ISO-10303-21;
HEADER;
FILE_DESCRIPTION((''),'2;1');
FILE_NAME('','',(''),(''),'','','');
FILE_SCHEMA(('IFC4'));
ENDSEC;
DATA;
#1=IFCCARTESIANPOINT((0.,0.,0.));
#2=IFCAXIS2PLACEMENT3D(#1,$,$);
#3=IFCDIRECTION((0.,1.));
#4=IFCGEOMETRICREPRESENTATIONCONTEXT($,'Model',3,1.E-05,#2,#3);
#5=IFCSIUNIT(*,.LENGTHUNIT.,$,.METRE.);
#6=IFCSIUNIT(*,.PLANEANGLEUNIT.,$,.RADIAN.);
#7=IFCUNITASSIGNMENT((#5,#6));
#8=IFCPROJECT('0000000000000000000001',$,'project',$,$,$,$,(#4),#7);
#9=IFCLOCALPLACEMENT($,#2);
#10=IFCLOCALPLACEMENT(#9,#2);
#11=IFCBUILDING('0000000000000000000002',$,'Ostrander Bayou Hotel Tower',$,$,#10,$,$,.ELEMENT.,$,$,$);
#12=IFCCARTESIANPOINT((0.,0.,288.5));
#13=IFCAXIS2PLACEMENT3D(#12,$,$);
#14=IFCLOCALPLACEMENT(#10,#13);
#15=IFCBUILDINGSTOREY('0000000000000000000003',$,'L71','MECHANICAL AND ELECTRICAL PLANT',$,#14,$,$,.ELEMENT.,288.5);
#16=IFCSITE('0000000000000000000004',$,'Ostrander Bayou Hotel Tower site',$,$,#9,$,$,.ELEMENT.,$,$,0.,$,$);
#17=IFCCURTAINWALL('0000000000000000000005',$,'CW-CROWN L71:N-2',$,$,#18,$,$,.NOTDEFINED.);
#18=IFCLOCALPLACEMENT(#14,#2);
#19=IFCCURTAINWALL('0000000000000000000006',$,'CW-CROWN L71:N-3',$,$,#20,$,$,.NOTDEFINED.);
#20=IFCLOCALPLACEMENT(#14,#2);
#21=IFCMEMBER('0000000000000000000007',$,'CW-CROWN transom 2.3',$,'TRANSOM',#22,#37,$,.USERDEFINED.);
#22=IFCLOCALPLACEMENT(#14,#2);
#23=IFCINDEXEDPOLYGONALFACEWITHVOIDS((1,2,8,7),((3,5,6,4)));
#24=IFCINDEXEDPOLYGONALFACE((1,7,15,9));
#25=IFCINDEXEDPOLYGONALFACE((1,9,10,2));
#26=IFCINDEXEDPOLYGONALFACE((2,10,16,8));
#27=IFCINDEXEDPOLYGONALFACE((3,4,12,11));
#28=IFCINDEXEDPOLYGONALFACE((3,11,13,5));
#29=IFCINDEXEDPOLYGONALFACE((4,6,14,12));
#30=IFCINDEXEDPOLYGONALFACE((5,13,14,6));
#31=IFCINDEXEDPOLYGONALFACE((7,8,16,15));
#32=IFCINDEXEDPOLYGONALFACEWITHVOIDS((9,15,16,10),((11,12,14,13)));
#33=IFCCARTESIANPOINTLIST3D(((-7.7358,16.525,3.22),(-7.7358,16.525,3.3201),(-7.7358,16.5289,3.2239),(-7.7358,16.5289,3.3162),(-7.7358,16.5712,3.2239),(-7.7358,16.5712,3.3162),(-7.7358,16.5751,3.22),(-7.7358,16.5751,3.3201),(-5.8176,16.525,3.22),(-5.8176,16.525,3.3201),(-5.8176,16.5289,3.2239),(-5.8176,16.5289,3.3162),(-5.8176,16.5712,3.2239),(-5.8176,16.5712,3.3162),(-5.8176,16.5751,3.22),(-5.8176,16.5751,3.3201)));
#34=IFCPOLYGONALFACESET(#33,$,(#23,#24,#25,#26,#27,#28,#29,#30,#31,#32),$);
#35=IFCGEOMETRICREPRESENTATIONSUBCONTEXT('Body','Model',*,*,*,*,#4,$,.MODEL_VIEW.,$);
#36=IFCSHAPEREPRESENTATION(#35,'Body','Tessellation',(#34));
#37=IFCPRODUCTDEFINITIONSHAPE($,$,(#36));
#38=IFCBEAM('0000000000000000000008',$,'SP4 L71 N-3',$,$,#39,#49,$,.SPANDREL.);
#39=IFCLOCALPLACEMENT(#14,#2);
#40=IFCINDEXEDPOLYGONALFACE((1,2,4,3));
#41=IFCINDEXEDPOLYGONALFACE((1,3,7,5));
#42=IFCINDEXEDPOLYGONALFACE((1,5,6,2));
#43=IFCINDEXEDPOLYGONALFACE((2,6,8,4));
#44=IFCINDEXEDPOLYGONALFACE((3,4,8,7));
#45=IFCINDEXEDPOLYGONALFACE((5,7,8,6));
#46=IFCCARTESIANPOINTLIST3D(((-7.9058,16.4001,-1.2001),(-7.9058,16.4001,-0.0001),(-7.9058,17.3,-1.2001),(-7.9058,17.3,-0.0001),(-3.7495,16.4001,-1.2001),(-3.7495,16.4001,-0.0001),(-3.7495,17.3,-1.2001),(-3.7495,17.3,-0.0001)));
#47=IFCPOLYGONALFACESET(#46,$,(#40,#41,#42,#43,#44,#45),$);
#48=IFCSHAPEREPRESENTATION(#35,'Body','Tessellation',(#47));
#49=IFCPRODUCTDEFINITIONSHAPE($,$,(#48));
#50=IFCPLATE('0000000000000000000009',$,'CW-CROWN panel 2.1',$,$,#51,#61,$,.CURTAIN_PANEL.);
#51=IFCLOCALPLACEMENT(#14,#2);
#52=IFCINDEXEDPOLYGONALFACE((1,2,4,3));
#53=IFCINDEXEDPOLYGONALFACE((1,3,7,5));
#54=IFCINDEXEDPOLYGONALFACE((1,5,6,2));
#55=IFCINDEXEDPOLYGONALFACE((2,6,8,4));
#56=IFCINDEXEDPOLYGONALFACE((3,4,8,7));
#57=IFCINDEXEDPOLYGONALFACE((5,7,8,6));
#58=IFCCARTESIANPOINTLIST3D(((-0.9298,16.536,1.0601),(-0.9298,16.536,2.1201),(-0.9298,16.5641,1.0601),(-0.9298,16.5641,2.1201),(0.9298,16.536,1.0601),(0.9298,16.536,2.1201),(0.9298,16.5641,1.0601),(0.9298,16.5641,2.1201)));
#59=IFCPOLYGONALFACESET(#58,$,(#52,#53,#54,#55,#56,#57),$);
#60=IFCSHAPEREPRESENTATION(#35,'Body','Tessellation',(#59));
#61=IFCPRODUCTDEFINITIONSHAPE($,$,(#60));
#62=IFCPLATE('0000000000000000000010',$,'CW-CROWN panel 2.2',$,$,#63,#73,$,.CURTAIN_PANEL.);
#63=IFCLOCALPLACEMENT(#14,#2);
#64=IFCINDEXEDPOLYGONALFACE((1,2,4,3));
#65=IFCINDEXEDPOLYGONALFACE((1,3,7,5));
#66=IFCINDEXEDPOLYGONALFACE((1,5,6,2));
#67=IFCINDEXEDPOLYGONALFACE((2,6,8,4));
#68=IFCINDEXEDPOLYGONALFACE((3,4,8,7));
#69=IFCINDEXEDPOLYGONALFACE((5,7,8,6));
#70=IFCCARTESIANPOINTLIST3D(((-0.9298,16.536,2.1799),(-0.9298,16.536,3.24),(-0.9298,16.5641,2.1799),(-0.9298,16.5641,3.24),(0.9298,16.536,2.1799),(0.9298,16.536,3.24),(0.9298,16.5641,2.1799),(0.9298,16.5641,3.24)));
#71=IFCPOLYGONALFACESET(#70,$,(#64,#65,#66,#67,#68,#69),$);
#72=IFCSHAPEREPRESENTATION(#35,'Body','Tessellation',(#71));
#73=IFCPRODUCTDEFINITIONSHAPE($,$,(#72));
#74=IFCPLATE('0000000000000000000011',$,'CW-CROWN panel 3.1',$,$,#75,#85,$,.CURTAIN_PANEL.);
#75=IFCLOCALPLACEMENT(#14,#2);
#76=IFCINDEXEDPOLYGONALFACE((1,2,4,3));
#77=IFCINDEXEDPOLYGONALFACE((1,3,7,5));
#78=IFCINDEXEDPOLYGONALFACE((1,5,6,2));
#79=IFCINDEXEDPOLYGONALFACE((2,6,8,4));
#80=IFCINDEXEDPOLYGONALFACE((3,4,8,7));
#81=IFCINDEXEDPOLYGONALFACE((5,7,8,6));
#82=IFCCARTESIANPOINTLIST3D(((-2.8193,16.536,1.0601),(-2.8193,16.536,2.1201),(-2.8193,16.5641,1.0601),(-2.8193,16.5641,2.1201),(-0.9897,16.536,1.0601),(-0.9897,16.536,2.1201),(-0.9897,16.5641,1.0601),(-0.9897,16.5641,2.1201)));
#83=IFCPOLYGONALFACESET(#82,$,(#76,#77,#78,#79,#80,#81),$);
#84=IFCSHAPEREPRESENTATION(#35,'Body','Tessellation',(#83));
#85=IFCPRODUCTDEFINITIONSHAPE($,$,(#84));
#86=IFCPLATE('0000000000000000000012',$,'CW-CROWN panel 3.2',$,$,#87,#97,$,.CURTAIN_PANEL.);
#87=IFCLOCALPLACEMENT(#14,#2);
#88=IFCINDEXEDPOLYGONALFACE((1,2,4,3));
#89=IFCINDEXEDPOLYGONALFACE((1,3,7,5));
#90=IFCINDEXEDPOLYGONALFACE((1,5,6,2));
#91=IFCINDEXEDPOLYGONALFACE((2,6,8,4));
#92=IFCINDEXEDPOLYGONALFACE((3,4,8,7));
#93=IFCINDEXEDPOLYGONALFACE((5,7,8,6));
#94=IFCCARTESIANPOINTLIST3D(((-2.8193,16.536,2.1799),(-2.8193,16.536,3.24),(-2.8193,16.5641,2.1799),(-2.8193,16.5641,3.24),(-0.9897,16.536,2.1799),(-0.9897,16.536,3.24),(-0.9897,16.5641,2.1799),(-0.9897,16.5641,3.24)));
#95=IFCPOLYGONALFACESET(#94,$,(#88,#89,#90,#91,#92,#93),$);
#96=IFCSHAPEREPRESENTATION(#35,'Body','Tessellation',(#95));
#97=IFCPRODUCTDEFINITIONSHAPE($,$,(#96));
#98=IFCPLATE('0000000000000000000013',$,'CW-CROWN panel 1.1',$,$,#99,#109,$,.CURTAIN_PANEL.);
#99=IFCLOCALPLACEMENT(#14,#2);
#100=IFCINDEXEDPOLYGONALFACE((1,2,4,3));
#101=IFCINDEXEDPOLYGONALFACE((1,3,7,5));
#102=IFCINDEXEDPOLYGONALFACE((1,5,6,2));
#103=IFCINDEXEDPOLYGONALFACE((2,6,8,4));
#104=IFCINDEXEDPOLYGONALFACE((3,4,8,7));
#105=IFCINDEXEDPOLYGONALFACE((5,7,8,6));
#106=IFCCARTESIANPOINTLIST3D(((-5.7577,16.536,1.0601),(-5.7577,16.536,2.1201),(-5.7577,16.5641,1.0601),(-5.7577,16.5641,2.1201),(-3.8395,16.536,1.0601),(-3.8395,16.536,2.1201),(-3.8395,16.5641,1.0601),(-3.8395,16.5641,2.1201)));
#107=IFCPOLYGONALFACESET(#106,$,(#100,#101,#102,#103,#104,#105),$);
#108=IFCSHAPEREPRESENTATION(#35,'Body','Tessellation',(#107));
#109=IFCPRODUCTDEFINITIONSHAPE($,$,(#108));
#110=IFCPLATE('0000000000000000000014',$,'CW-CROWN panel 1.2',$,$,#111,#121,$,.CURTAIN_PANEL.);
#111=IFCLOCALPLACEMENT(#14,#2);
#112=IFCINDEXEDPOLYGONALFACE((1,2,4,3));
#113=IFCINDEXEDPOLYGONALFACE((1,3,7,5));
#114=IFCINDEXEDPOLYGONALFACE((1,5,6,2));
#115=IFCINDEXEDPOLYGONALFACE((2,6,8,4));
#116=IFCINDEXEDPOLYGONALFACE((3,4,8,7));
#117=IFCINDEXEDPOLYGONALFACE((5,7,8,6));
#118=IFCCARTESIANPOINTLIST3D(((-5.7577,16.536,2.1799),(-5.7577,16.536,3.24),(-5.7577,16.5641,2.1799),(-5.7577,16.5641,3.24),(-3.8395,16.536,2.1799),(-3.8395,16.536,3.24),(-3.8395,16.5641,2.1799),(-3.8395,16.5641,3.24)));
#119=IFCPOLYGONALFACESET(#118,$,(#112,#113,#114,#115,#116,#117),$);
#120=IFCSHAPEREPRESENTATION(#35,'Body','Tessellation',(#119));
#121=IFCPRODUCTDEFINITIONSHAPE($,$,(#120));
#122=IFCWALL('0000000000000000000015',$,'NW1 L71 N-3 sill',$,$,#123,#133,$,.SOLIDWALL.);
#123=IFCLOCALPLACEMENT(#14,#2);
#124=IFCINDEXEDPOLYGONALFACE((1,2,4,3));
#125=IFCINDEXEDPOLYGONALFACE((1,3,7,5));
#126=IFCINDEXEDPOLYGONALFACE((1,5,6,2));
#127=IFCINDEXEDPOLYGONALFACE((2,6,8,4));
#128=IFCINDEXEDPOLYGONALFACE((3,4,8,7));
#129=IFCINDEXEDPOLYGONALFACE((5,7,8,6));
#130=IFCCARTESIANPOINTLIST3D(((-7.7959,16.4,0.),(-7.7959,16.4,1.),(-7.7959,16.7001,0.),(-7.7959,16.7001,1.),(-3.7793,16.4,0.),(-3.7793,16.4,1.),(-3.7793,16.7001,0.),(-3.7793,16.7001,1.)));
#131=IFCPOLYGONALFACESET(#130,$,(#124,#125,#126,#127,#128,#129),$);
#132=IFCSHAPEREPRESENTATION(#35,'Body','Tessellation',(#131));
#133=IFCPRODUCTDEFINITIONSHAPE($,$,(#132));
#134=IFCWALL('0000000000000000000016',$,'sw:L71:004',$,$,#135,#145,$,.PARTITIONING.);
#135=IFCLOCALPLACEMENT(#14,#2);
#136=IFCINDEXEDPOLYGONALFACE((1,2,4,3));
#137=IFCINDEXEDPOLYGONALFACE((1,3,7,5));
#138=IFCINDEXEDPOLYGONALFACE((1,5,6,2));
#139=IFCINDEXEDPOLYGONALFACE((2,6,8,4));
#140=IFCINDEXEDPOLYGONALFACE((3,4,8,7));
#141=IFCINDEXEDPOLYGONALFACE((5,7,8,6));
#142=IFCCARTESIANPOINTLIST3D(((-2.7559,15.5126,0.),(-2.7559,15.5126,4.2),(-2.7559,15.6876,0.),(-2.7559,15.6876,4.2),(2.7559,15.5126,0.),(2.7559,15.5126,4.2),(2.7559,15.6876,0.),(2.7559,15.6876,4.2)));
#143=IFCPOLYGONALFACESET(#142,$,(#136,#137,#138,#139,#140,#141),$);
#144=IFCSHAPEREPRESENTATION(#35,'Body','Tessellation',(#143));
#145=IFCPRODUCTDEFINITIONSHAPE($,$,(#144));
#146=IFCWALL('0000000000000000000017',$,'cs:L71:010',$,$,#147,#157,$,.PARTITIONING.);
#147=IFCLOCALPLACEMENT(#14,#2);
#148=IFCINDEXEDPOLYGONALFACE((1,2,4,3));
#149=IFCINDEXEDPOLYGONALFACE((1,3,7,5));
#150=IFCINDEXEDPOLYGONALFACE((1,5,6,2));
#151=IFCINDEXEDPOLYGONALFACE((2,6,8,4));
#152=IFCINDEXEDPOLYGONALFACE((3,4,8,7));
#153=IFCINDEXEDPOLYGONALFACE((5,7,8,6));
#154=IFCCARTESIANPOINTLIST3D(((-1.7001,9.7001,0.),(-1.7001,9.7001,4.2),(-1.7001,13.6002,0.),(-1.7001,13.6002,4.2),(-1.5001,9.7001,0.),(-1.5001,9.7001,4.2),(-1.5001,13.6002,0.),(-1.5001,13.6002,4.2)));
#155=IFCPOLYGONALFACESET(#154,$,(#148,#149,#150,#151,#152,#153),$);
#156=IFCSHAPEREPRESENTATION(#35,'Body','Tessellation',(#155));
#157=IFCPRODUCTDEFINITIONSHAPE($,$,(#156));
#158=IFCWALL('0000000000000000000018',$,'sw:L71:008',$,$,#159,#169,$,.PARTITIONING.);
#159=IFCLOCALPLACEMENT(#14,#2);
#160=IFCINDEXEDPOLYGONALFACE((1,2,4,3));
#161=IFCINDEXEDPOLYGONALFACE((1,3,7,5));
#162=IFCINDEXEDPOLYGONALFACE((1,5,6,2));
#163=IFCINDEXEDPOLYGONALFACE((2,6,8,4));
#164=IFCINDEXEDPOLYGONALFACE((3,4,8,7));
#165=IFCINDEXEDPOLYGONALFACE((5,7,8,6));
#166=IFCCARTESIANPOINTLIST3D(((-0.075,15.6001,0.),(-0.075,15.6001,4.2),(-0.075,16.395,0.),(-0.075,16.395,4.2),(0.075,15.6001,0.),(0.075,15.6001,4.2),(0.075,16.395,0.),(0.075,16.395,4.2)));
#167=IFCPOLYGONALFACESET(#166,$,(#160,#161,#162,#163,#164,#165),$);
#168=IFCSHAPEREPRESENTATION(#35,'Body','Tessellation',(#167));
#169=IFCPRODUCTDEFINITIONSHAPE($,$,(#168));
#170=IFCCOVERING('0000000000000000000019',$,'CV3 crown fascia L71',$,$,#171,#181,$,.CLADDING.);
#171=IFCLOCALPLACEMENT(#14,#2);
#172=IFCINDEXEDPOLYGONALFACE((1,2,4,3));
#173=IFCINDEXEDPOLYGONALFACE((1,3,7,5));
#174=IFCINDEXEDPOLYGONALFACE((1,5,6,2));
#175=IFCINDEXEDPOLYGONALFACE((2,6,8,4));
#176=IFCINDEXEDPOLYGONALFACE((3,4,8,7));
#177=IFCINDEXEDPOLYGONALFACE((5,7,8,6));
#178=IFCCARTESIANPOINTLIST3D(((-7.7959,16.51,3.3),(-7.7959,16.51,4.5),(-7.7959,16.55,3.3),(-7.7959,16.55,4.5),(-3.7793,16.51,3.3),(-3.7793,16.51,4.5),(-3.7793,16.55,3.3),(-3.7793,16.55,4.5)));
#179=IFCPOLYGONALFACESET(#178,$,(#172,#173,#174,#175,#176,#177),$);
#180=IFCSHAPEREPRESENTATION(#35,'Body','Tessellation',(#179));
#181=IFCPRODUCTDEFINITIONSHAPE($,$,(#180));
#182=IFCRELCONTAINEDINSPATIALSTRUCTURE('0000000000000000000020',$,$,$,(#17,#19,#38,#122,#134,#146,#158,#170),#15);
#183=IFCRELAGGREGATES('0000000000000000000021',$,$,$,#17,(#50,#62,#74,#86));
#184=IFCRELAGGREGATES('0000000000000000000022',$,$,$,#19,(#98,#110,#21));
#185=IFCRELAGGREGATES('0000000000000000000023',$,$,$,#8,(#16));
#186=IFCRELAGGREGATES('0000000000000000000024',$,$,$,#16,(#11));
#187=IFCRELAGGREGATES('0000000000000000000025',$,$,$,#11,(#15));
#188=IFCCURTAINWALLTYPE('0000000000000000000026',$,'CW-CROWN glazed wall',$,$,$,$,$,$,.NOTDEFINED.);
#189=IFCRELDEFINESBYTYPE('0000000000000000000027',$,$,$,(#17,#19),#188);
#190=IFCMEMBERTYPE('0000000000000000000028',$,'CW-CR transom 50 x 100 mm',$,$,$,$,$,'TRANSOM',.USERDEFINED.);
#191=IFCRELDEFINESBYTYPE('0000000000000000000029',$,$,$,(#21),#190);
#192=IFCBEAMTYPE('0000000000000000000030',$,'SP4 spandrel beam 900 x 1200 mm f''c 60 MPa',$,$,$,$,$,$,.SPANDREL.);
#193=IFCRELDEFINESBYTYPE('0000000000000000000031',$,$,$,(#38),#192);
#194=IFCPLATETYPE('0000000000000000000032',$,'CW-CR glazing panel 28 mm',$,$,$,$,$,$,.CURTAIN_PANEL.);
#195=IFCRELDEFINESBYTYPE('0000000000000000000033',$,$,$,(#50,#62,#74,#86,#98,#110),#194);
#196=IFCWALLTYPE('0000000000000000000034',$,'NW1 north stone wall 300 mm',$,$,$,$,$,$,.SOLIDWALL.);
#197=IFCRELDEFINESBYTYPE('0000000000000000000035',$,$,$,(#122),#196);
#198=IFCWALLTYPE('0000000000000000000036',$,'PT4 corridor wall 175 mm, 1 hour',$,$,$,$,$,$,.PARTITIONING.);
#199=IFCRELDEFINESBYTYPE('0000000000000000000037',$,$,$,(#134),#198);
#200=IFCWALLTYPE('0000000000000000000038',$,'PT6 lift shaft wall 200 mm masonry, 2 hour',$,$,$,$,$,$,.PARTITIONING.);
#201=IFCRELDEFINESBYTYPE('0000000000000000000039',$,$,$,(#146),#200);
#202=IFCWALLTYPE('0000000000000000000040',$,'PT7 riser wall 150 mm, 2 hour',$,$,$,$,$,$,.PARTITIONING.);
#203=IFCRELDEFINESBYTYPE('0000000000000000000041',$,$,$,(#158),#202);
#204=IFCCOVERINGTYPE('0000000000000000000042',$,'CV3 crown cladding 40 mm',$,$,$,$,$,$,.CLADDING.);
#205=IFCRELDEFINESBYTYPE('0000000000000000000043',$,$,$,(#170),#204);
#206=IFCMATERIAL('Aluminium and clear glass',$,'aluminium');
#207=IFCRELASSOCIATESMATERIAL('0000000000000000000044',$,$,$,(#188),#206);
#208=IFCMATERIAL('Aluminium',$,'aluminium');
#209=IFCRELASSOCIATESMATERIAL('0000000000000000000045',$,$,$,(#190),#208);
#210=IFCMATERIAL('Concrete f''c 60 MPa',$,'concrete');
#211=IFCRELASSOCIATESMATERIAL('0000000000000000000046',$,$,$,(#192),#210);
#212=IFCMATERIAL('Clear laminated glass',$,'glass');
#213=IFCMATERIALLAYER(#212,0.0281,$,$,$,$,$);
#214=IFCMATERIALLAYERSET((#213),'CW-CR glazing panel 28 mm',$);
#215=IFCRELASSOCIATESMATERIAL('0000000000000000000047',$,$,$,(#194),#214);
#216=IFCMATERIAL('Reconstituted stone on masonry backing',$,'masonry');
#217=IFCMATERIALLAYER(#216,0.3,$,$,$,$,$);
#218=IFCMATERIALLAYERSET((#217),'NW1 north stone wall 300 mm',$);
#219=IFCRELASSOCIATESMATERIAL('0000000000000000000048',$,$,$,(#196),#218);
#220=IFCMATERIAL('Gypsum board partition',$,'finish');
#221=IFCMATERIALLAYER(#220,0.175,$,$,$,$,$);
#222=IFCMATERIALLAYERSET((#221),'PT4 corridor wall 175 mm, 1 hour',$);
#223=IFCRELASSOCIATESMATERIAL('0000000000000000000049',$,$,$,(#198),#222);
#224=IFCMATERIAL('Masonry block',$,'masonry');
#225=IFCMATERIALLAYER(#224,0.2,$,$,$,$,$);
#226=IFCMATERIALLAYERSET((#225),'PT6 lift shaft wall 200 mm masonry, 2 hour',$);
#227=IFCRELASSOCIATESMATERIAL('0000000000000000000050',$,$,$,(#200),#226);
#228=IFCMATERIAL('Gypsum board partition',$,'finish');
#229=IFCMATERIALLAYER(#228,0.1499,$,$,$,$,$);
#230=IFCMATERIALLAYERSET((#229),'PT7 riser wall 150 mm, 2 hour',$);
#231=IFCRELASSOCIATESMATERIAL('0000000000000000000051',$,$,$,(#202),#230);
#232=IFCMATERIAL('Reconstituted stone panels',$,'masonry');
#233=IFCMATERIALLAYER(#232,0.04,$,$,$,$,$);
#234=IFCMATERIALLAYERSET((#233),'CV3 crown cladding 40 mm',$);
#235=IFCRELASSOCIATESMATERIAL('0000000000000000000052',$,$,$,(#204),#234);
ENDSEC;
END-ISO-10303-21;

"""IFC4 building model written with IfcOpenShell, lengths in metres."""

from ifc_helpers import new_model, si_unit, direction, frame, frame_2d, origin, origin_2d, place, context, subcontext, project, spatial, polyline, rectangle, hollow_rectangle, outline, extrude, material, layer, layer_set, material_profile, profile_set, type_object, element, aggregate, save


model = new_model("IFC4")

# Units and contexts
model_context = context("Model", 3, precision=1e-05, world=origin(), true_north=direction((0.0, 1.0)))
body_context = subcontext(model_context, "Body", "Model", "MODEL_VIEW")
ifc_project = project(units=[si_unit("LENGTHUNIT", "METRE"), si_unit("PLANEANGLEUNIT", "RADIAN")], contexts=[model_context])

# Site, building, storey
site_placement = place(None, origin())
site = spatial("IfcSite", under=ifc_project, at=site_placement, Name="Ostrander Bayou Hotel Tower site", CompositionType="ELEMENT", RefElevation=0.0)
building_placement = place(site_placement, origin())
building = spatial("IfcBuilding", under=site, at=building_placement, Name="Ostrander Bayou Hotel Tower", CompositionType="ELEMENT")
storey_placement = place(building_placement, frame((0.0, 0.0, 288.5)))
storey = spatial("IfcBuildingStorey", under=building, at=storey_placement, Name="L71", Description="MECHANICAL AND ELECTRICAL PLANT", CompositionType="ELEMENT", Elevation=288.5)

# Curtain walls
ifc_material_1 = material(Name="Aluminium and clear glass", Category="aluminium")
curtain_wall_type = type_object("IfcCurtainWallType", Name="CW-CROWN glazed wall", PredefinedType="NOTDEFINED", material=ifc_material_1)
curtain_wall_1_placement = place(storey_placement, origin())
curtain_wall_1 = element("IfcCurtainWall", 1, at=curtain_wall_1_placement, inside=storey, type_object=curtain_wall_type, Name="CW-CROWN L71:N-2", PredefinedType="NOTDEFINED")
curtain_wall_2_placement = place(storey_placement, origin())
curtain_wall_2 = element("IfcCurtainWall", 2, at=curtain_wall_2_placement, inside=storey, type_object=curtain_wall_type, Name="CW-CROWN L71:N-3", PredefinedType="NOTDEFINED")

# Member
ifc_material_2 = material(Name="Aluminium", Category="aluminium")
ifc_material_profile_1 = material_profile(ifc_material_2, hollow_rectangle(XDim=0.05, YDim=0.1001, WallThickness=0.0039, at=origin_2d()))
ifc_profile_set_1 = profile_set([ifc_material_profile_1], Name="Aluminium")
member_type_1 = type_object("IfcMemberType", Name="CW-CR transom 50 x 100 mm", ElementType="TRANSOM", PredefinedType="USERDEFINED", material=ifc_profile_set_1)
member_1_placement = place(storey_placement, frame((-5.8176, 16.55, 3.27), z_axis=(-1.0, 0.0, 0.0), x_axis=(0.0, -1.0, 0.0)))
member_1 = element("IfcMember", 3, at=member_1_placement, type_object=member_type_1, Name="CW-CROWN transom 2.3", ObjectType="TRANSOM", PredefinedType="USERDEFINED", context=body_context, shape_type="SweptSolid", body=[
    extrude(hollow_rectangle(XDim=0.05, YDim=0.1001, WallThickness=0.0039, at=origin_2d()), origin(), (0.0, 0.0, 1.0), 1.9182),
])

# Beam
ifc_material_3 = material(Name="Concrete f'c 60 MPa", Category="concrete")
ifc_material_profile_2 = material_profile(ifc_material_3, rectangle(XDim=0.8999, YDim=1.2, at=origin_2d()))
ifc_profile_set_2 = profile_set([ifc_material_profile_2], Name="Concrete f'c 60 MPa")
beam_type = type_object("IfcBeamType", Name="SP4 spandrel beam 900 x 1200 mm f'c 60 MPa", PredefinedType="SPANDREL", material=ifc_profile_set_2)
beam_placement = place(storey_placement, frame((-3.7495, 16.8501, -0.6001), z_axis=(-1.0, 0.0, 0.0), x_axis=(0.0, -1.0, 0.0)))
element("IfcBeam", 4, at=beam_placement, inside=storey, type_object=beam_type, Name="SP4 L71 N-3", PredefinedType="SPANDREL", context=body_context, shape_type="SweptSolid", body=[
    extrude(rectangle(XDim=0.8999, YDim=1.2, at=origin_2d()), origin(), (0.0, 0.0, 1.0), 4.1562),
])

# Plates
ifc_material_4 = material(Name="Clear laminated glass", Category="glass")
ifc_layer_1 = layer(ifc_material_4, 0.0281)
ifc_layer_set_1 = layer_set([ifc_layer_1], Name="CW-CR glazing panel 28 mm")
plate_type = type_object("IfcPlateType", Name="CW-CR glazing panel 28 mm", PredefinedType="CURTAIN_PANEL", material=ifc_layer_set_1)
plate_1_placement = place(storey_placement, frame((0.0, 16.55, 1.0601), z_axis=(0.0, 0.0, 1.0), x_axis=(-1.0, 0.0, 0.0)))
plate_1 = element("IfcPlate", 5, at=plate_1_placement, type_object=plate_type, Name="CW-CROWN panel 2.1", PredefinedType="CURTAIN_PANEL", context=body_context, shape_type="SweptSolid", body=[
    extrude(rectangle(XDim=1.8596, YDim=0.0281, at=origin_2d()), origin(), (0.0, 0.0, 1.0), 1.0601),
])
plate_2_placement = place(storey_placement, frame((0.0, 16.55, 2.1799), z_axis=(0.0, 0.0, 1.0), x_axis=(-1.0, 0.0, 0.0)))
plate_2 = element("IfcPlate", 6, at=plate_2_placement, type_object=plate_type, Name="CW-CROWN panel 2.2", PredefinedType="CURTAIN_PANEL", context=body_context, shape_type="SweptSolid", body=[
    extrude(rectangle(XDim=1.8596, YDim=0.0281, at=origin_2d()), origin(), (0.0, 0.0, 1.0), 1.0601),
])
plate_3_placement = place(storey_placement, frame((-1.9045, 16.55, 1.0601), z_axis=(0.0, 0.0, 1.0), x_axis=(-1.0, 0.0, 0.0)))
plate_3 = element("IfcPlate", 7, at=plate_3_placement, type_object=plate_type, Name="CW-CROWN panel 3.1", PredefinedType="CURTAIN_PANEL", context=body_context, shape_type="SweptSolid", body=[
    extrude(rectangle(XDim=1.8296, YDim=0.0281, at=origin_2d()), origin(), (0.0, 0.0, 1.0), 1.0601),
])
plate_4_placement = place(storey_placement, frame((-1.9045, 16.55, 2.1799), z_axis=(0.0, 0.0, 1.0), x_axis=(-1.0, 0.0, 0.0)))
plate_4 = element("IfcPlate", 8, at=plate_4_placement, type_object=plate_type, Name="CW-CROWN panel 3.2", PredefinedType="CURTAIN_PANEL", context=body_context, shape_type="SweptSolid", body=[
    extrude(rectangle(XDim=1.8296, YDim=0.0281, at=origin_2d()), origin(), (0.0, 0.0, 1.0), 1.0601),
])
aggregate(curtain_wall_1, [plate_1, plate_2, plate_3, plate_4])
plate_5_placement = place(storey_placement, frame((-4.7986, 16.55, 1.0601), z_axis=(0.0, 0.0, 1.0), x_axis=(-1.0, 0.0, 0.0)))
plate_5 = element("IfcPlate", 9, at=plate_5_placement, type_object=plate_type, Name="CW-CROWN panel 1.1", PredefinedType="CURTAIN_PANEL", context=body_context, shape_type="SweptSolid", body=[
    extrude(rectangle(XDim=1.9182, YDim=0.0281, at=origin_2d()), origin(), (0.0, 0.0, 1.0), 1.0601),
])
plate_6_placement = place(storey_placement, frame((-4.7986, 16.55, 2.1799), z_axis=(0.0, 0.0, 1.0), x_axis=(-1.0, 0.0, 0.0)))
plate_6 = element("IfcPlate", 10, at=plate_6_placement, type_object=plate_type, Name="CW-CROWN panel 1.2", PredefinedType="CURTAIN_PANEL", context=body_context, shape_type="SweptSolid", body=[
    extrude(rectangle(XDim=1.9182, YDim=0.0281, at=origin_2d()), origin(), (0.0, 0.0, 1.0), 1.0601),
])
aggregate(curtain_wall_2, [plate_5, plate_6, member_1])

# Walls
ifc_material_5 = material(Name="Reconstituted stone on masonry backing", Category="masonry")
ifc_layer_2 = layer(ifc_material_5, 0.3)
ifc_layer_set_2 = layer_set([ifc_layer_2], Name="NW1 north stone wall 300 mm")
wall_type_1 = type_object("IfcWallType", Name="NW1 north stone wall 300 mm", PredefinedType="SOLIDWALL", material=ifc_layer_set_2)
wall_1_placement = place(storey_placement, frame((-3.7793, 16.55, 0.0), z_axis=(0.0, 0.0, 1.0), x_axis=(-1.0, 0.0, 0.0)))
element("IfcWall", 11, at=wall_1_placement, inside=storey, type_object=wall_type_1, Name="NW1 L71 N-3 sill", PredefinedType="SOLIDWALL", context=body_context, shape_type="SweptSolid", body=[
    extrude(rectangle(XDim=4.0166, YDim=0.3, at=frame_2d((2.0083, 0.0))), origin(), (0.0, 0.0, 1.0), 1.0),
])
ifc_material_6 = material(Name="Gypsum board partition", Category="finish")
ifc_layer_3 = layer(ifc_material_6, 0.175)
ifc_layer_set_3 = layer_set([ifc_layer_3], Name="PT4 corridor wall 175 mm, 1 hour")
wall_type_2 = type_object("IfcWallType", Name="PT4 corridor wall 175 mm, 1 hour", PredefinedType="PARTITIONING", material=ifc_layer_set_3)
wall_2_placement = place(storey_placement, frame((-2.7559, 15.6001, 0.0), z_axis=(0.0, 0.0, 1.0), x_axis=(1.0, 0.0, 0.0)))
element("IfcWall", 12, at=wall_2_placement, inside=storey, type_object=wall_type_2, Name="sw:L71:004", PredefinedType="PARTITIONING", context=body_context, shape_type="SweptSolid", body=[
    extrude(rectangle(XDim=5.5117, YDim=0.175, at=frame_2d((2.7559, 0.0))), origin(), (0.0, 0.0, 1.0), 4.2),
])

# Walls
ifc_material_7 = material(Name="Masonry block", Category="masonry")
ifc_layer_4 = layer(ifc_material_7, 0.2)
ifc_layer_set_4 = layer_set([ifc_layer_4], Name="PT6 lift shaft wall 200 mm masonry, 2 hour")
wall_type_3 = type_object("IfcWallType", Name="PT6 lift shaft wall 200 mm masonry, 2 hour", PredefinedType="PARTITIONING", material=ifc_layer_set_4)
wall_3_placement = place(storey_placement, frame((-1.6001, 9.7, 0.0), z_axis=(0.0, 0.0, 1.0), x_axis=(0.0, 1.0, 0.0)))
element("IfcWall", 13, at=wall_3_placement, inside=storey, type_object=wall_type_3, Name="cs:L71:010", PredefinedType="PARTITIONING", context=body_context, shape_type="SweptSolid", body=[
    extrude(rectangle(XDim=3.9001, YDim=0.2, at=frame_2d((1.9502, 0.0))), origin(), (0.0, 0.0, 1.0), 4.2),
])
ifc_material_8 = material(Name="Gypsum board partition", Category="finish")
ifc_layer_5 = layer(ifc_material_8, 0.1499)
ifc_layer_set_5 = layer_set([ifc_layer_5], Name="PT7 riser wall 150 mm, 2 hour")
wall_type_4 = type_object("IfcWallType", Name="PT7 riser wall 150 mm, 2 hour", PredefinedType="PARTITIONING", material=ifc_layer_set_5)
wall_4_placement = place(storey_placement, frame((0.0, 15.6001, 0.0), z_axis=(0.0, 0.0, 1.0), x_axis=(0.0, 1.0, 0.0)))
element("IfcWall", 14, at=wall_4_placement, inside=storey, type_object=wall_type_4, Name="sw:L71:008", PredefinedType="PARTITIONING", context=body_context, shape_type="SweptSolid", body=[
    extrude(rectangle(XDim=0.7949, YDim=0.1499, at=frame_2d((0.3975, 0.0))), origin(), (0.0, 0.0, 1.0), 4.2),
])

# Covering
ifc_material_9 = material(Name="Reconstituted stone panels", Category="masonry")
ifc_layer_6 = layer(ifc_material_9, 0.04)
ifc_layer_set_6 = layer_set([ifc_layer_6], Name="CV3 crown cladding 40 mm")
covering_type = type_object("IfcCoveringType", Name="CV3 crown cladding 40 mm", PredefinedType="CLADDING", material=ifc_layer_set_6)
covering_placement = place(storey_placement, frame((-3.7793, 16.55, 3.3), z_axis=(0.0, 1.0, 0.0), x_axis=(-1.0, 0.0, 0.0)))
element("IfcCovering", 15, at=covering_placement, inside=storey, type_object=covering_type, Name="CV3 crown fascia L71", PredefinedType="CLADDING", context=body_context, shape_type="SweptSolid", body=[
    extrude(outline(polyline([(0.0, 0.0), (4.0166, 0.0), (4.0166, 1.2), (0.0, 1.2), (0.0, 0.0)])), origin(), (0.0, 0.0, -1.0), 0.04),
])

save(model, "model.ifc")
